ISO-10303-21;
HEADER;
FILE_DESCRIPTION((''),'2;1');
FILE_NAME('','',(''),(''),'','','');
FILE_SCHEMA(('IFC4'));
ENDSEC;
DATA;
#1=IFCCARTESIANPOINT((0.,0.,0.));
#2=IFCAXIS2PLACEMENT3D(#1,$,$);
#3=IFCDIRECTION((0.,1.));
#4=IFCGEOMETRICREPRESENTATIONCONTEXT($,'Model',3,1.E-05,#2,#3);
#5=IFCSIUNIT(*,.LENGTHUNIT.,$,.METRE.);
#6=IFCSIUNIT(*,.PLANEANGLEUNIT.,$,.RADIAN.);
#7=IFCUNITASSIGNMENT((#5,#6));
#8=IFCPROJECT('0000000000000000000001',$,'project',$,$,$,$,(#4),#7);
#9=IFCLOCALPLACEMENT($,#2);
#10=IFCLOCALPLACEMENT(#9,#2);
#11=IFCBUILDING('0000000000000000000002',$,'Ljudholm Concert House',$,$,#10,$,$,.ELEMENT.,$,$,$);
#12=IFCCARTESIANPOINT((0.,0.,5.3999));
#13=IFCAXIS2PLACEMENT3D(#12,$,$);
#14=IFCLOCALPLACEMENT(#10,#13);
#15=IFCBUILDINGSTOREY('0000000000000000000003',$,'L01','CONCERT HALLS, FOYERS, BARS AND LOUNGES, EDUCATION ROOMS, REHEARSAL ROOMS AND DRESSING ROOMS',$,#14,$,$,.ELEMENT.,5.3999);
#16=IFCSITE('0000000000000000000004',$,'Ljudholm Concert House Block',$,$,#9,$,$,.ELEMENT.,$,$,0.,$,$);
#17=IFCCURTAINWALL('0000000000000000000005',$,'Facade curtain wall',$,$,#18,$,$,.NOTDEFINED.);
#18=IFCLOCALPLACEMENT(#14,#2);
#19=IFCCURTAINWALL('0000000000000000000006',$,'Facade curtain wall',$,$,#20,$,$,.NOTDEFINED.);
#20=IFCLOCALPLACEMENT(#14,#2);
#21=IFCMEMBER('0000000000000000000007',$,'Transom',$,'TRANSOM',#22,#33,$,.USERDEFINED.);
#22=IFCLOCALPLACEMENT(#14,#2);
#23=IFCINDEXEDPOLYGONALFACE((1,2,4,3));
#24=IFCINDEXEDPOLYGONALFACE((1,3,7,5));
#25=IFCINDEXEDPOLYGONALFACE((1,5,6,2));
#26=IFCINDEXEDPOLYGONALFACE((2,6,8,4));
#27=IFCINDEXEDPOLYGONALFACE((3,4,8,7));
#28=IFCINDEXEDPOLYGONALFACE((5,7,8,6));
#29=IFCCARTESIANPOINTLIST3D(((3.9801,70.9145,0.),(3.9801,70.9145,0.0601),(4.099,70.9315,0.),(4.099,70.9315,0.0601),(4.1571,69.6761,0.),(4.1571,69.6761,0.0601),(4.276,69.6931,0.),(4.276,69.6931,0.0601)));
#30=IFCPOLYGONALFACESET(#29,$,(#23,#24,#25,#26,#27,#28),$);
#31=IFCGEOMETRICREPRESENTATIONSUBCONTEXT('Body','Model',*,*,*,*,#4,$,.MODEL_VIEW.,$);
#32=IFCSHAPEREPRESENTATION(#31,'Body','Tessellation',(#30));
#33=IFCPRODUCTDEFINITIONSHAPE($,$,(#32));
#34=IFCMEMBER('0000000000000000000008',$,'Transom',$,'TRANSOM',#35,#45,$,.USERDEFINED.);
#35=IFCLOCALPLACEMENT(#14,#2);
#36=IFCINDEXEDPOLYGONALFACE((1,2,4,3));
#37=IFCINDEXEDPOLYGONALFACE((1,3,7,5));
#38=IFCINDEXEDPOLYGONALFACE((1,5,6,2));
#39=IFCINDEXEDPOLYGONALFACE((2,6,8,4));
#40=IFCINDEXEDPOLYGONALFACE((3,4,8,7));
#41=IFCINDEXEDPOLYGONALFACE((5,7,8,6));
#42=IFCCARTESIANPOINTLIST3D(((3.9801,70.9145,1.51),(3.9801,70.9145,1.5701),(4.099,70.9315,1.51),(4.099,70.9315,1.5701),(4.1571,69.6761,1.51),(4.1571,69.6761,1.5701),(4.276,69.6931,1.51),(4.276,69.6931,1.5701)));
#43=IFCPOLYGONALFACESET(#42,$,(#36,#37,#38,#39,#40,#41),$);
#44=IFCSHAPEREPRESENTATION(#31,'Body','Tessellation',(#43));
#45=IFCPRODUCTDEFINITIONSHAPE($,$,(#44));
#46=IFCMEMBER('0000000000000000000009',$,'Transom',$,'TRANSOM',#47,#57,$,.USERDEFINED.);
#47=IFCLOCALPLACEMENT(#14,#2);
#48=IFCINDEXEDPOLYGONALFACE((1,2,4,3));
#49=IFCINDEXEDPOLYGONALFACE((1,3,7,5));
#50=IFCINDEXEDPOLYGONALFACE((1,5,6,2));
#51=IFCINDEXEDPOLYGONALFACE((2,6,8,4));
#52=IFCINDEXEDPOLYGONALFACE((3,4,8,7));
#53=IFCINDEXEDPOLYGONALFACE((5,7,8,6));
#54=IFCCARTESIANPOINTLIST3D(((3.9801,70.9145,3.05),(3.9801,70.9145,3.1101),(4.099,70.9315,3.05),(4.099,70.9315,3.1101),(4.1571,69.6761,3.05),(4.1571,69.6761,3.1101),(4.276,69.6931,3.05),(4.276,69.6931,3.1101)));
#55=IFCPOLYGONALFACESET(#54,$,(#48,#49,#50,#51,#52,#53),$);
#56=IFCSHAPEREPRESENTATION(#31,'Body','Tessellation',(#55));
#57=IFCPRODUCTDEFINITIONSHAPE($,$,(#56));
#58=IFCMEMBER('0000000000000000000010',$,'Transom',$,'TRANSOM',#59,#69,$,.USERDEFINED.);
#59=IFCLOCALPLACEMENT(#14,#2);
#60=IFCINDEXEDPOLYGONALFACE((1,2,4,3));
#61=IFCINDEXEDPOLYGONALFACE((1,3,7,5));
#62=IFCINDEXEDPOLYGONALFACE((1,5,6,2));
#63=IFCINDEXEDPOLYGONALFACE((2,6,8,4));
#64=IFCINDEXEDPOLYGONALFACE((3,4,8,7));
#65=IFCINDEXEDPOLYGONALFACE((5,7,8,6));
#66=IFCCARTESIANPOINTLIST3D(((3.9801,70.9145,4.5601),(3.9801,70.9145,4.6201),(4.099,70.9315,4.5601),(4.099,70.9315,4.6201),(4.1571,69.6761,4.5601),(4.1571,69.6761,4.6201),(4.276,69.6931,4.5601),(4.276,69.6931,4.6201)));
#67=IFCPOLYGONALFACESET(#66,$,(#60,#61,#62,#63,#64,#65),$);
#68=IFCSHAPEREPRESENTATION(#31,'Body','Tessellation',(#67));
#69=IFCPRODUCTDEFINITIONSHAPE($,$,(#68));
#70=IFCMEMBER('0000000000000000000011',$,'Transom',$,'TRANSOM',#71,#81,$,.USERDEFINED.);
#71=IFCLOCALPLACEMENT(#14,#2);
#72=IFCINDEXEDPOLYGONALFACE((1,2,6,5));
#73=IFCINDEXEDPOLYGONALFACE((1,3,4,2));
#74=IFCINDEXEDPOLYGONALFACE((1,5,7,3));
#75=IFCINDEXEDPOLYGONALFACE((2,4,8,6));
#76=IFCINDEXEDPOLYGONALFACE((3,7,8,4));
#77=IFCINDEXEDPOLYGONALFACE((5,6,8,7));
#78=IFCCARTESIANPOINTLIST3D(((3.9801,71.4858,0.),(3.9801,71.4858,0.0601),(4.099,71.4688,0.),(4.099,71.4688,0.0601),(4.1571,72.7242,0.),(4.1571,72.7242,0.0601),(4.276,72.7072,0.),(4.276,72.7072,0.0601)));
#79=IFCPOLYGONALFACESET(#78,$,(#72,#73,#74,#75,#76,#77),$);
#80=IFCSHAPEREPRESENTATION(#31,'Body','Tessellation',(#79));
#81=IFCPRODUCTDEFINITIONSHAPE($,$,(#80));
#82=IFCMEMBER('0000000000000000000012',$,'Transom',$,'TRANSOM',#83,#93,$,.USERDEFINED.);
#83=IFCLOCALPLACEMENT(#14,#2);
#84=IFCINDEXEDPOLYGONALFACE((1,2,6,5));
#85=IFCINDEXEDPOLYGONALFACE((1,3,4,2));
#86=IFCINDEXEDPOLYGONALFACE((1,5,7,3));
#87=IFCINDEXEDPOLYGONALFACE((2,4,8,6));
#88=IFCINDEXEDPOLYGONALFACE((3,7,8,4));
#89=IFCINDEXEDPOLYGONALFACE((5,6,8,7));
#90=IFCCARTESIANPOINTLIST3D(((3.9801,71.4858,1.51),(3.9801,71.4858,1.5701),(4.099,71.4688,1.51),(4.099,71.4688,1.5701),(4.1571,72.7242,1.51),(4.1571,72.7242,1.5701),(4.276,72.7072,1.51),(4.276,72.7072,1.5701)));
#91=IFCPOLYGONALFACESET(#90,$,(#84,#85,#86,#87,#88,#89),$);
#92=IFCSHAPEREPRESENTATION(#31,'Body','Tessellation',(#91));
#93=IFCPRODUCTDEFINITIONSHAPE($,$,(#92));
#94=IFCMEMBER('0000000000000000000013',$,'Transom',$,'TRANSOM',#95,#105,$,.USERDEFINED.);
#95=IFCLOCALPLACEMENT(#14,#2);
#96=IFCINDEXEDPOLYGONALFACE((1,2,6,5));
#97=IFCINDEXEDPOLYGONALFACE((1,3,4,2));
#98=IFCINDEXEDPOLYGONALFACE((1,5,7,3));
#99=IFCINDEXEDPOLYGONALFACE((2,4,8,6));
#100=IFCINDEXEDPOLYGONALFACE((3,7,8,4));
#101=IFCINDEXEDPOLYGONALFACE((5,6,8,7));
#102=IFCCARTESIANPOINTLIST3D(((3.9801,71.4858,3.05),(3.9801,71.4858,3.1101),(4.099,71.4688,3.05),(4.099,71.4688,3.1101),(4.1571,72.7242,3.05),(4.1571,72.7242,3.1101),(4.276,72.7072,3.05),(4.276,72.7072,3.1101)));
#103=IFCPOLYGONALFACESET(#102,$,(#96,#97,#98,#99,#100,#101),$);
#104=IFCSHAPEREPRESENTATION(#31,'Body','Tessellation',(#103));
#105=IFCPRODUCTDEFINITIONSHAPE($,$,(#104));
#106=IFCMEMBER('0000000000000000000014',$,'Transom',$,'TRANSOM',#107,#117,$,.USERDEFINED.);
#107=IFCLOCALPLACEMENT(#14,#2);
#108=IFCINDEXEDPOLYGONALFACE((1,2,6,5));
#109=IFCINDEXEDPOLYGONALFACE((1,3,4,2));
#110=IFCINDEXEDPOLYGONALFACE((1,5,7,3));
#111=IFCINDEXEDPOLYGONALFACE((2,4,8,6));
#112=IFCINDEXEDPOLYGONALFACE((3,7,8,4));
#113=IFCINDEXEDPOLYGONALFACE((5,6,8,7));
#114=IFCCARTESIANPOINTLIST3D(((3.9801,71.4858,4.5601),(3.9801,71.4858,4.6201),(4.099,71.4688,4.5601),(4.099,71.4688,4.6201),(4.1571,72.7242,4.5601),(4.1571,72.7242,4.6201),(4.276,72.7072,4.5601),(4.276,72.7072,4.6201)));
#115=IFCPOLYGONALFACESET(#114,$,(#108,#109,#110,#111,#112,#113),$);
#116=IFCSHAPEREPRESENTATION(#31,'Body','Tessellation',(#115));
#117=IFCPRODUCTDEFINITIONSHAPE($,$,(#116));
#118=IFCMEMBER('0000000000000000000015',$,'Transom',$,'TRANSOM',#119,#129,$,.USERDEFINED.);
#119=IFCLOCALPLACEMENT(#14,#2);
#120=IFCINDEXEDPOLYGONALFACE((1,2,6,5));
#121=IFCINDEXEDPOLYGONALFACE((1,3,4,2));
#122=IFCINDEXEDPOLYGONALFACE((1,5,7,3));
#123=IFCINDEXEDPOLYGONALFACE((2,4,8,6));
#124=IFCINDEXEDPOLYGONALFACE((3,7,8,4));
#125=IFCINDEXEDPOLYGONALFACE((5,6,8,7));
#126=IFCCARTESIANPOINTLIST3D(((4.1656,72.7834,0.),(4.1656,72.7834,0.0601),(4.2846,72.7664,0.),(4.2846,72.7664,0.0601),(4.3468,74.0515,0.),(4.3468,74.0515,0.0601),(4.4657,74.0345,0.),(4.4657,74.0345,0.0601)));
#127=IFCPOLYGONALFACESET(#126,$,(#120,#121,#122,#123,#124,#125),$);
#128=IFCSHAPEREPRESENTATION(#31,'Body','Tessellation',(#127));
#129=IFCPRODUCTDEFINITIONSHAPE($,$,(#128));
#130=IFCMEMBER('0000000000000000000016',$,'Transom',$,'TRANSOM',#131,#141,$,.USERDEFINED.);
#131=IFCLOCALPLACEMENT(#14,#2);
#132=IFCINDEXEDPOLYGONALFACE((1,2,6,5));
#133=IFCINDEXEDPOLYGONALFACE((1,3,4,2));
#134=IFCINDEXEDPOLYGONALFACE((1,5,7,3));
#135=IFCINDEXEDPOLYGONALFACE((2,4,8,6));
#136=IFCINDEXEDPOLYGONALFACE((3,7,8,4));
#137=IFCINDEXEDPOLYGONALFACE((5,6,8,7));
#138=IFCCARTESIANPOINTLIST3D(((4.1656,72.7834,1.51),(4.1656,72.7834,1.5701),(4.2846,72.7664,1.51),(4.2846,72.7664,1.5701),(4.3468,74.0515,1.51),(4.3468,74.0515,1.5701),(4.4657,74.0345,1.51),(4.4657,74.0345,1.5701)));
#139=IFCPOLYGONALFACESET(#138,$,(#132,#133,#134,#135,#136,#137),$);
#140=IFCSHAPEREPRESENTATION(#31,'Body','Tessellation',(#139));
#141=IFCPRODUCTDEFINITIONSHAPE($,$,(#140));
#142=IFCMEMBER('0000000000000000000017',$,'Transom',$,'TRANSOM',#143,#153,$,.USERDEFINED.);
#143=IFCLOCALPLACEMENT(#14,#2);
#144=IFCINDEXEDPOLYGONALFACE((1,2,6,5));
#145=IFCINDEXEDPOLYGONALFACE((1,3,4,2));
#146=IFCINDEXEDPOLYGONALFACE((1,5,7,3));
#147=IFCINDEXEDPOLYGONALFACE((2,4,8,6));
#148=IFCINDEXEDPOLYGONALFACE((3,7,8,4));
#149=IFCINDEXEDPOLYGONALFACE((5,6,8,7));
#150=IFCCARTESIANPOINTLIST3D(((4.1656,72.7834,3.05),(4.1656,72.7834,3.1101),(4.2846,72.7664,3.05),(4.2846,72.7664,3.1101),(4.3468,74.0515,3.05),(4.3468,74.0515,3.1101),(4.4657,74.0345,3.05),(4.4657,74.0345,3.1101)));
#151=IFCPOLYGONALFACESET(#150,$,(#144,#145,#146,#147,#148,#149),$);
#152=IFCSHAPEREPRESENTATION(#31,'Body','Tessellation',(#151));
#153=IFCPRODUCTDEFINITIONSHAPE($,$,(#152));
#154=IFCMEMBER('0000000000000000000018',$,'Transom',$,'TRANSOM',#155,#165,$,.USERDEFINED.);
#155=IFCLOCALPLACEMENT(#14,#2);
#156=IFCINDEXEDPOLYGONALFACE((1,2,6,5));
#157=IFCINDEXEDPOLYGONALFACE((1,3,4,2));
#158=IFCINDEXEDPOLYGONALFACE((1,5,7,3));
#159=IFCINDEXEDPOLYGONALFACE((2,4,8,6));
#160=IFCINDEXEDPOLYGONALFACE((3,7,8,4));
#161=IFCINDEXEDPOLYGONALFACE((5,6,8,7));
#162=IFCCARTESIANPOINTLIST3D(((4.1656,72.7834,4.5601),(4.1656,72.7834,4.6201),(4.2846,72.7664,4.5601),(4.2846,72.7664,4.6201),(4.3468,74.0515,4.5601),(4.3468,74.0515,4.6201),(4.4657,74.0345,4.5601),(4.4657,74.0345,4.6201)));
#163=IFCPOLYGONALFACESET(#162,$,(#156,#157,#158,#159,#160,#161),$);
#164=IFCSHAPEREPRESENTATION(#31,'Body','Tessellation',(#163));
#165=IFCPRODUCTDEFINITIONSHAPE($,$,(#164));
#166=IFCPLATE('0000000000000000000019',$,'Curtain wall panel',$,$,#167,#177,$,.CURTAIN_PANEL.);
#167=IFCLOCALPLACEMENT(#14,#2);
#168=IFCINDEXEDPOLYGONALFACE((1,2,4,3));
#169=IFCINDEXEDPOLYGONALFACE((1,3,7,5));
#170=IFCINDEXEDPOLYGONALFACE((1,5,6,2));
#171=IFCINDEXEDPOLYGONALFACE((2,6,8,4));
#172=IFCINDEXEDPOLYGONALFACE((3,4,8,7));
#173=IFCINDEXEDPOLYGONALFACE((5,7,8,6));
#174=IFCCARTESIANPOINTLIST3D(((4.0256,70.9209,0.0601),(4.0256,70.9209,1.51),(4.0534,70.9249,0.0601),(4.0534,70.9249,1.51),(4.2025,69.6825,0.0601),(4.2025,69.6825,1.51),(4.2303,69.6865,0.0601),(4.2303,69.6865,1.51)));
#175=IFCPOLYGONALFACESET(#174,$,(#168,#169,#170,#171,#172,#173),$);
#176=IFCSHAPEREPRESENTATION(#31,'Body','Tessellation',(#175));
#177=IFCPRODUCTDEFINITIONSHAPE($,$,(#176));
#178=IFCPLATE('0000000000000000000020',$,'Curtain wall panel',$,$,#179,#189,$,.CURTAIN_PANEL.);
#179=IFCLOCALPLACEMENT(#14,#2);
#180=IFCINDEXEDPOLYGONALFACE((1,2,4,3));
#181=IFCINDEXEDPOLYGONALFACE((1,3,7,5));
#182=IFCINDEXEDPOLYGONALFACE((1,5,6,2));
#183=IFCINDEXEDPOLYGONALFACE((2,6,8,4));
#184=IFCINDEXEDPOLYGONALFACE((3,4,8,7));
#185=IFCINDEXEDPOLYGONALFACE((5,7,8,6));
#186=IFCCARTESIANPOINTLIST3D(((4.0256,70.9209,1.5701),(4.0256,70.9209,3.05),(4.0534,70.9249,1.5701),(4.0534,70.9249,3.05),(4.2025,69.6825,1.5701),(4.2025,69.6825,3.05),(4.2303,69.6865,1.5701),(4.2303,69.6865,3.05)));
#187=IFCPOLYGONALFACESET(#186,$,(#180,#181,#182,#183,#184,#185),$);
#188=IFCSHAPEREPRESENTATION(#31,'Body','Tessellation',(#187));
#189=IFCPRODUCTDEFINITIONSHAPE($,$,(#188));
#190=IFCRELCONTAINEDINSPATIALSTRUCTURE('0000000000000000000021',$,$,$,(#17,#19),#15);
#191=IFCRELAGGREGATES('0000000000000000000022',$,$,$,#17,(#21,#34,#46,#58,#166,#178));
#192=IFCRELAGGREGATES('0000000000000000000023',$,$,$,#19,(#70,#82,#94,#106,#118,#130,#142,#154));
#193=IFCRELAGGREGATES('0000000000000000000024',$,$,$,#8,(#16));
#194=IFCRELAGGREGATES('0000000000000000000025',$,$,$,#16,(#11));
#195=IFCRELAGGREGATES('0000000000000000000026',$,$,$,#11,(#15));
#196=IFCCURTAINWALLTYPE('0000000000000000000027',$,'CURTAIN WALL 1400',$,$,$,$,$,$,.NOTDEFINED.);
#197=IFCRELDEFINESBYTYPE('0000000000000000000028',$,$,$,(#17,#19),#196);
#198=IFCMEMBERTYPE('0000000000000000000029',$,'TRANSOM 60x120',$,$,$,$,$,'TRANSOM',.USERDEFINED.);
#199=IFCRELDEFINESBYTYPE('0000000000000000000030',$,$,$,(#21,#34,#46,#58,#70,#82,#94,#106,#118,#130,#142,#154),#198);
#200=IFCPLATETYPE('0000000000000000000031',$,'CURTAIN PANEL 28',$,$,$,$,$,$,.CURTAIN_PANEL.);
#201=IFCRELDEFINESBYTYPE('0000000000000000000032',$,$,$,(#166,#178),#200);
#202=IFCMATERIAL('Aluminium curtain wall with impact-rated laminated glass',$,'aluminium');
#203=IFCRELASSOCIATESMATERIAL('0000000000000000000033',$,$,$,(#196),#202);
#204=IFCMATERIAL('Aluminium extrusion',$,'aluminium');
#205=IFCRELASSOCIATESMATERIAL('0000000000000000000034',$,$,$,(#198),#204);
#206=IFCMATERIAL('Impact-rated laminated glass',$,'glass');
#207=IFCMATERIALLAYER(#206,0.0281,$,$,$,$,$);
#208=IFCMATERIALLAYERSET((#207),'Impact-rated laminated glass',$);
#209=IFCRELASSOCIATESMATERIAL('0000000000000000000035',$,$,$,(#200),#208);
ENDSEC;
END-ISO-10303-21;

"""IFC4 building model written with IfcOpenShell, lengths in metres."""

from ifc_helpers import new_model, si_unit, direction, frame, origin, origin_2d, place, context, subcontext, project, spatial, rectangle, extrude, material, layer, layer_set, material_profile, profile_set, type_object, element, aggregate, save


model = new_model("IFC4")

# Units and contexts
model_context = context("Model", 3, precision=1e-05, world=origin(), true_north=direction((0.0, 1.0)))
body_context = subcontext(model_context, "Body", "Model", "MODEL_VIEW")
ifc_project = project(units=[si_unit("LENGTHUNIT", "METRE"), si_unit("PLANEANGLEUNIT", "RADIAN")], contexts=[model_context])

# Site, building, storey
site_placement = place(None, origin())
site = spatial("IfcSite", under=ifc_project, at=site_placement, Name="Ljudholm Concert House Block", CompositionType="ELEMENT", RefElevation=0.0)
building_placement = place(site_placement, origin())
building = spatial("IfcBuilding", under=site, at=building_placement, Name="Ljudholm Concert House", CompositionType="ELEMENT")
storey_placement = place(building_placement, frame((0.0, 0.0, 5.3999)))
storey = spatial("IfcBuildingStorey", under=building, at=storey_placement, Name="L01", Description="CONCERT HALLS, FOYERS, BARS AND LOUNGES, EDUCATION ROOMS, REHEARSAL ROOMS AND DRESSING ROOMS", CompositionType="ELEMENT", Elevation=5.3999)

# Curtain wall
ifc_material_1 = material(Name="Aluminium curtain wall with impact-rated laminated glass", Category="aluminium")
curtain_wall_type = type_object("IfcCurtainWallType", Name="CURTAIN WALL 1400", PredefinedType="NOTDEFINED", material=ifc_material_1)
curtain_wall_1_placement = place(storey_placement, origin())
curtain_wall_1 = element("IfcCurtainWall", 1, at=curtain_wall_1_placement, inside=storey, type_object=curtain_wall_type, Name="Facade curtain wall", PredefinedType="NOTDEFINED")

# Curtain wall
curtain_wall_2_placement = place(storey_placement, origin())
curtain_wall_2 = element("IfcCurtainWall", 2, at=curtain_wall_2_placement, inside=storey, type_object=curtain_wall_type, Name="Facade curtain wall", PredefinedType="NOTDEFINED")

# Members
ifc_material_2 = material(Name="Aluminium extrusion", Category="aluminium")
ifc_material_profile_1 = material_profile(ifc_material_2, rectangle(XDim=0.1201, YDim=0.0601, at=origin_2d()), Name="TRANSOM 60x120")
ifc_profile_set_1 = profile_set([ifc_material_profile_1], Name="Aluminium extrusion")
member_type_1 = type_object("IfcMemberType", Name="TRANSOM 60x120", ElementType="TRANSOM", PredefinedType="USERDEFINED", material=ifc_profile_set_1)
member_1_placement = place(storey_placement, frame((4.2166, 69.6846, 0.03), z_axis=(-0.141503, 0.989938, 0.0), x_axis=(-0.989938, -0.141503, 0.0)))
member_1 = element("IfcMember", 3, at=member_1_placement, type_object=member_type_1, Name="Transom", ObjectType="TRANSOM", PredefinedType="USERDEFINED", context=body_context, shape_type="SweptSolid", body=[
    extrude(rectangle(XDim=0.1201, YDim=0.0601, at=origin_2d()), origin(), (0.0, 0.0, 1.0), 1.251),
])
member_2_placement = place(storey_placement, frame((4.2166, 69.6846, 1.54), z_axis=(-0.141503, 0.989938, 0.0), x_axis=(-0.989938, -0.141503, 0.0)))
member_2 = element("IfcMember", 4, at=member_2_placement, type_object=member_type_1, Name="Transom", ObjectType="TRANSOM", PredefinedType="USERDEFINED", context=body_context, shape_type="SweptSolid", body=[
    extrude(rectangle(XDim=0.1201, YDim=0.0601, at=origin_2d()), origin(), (0.0, 0.0, 1.0), 1.251),
])
member_3_placement = place(storey_placement, frame((4.2166, 69.6846, 3.0801), z_axis=(-0.141503, 0.989938, 0.0), x_axis=(-0.989938, -0.141503, 0.0)))
member_3 = element("IfcMember", 5, at=member_3_placement, type_object=member_type_1, Name="Transom", ObjectType="TRANSOM", PredefinedType="USERDEFINED", context=body_context, shape_type="SweptSolid", body=[
    extrude(rectangle(XDim=0.1201, YDim=0.0601, at=origin_2d()), origin(), (0.0, 0.0, 1.0), 1.251),
])
member_4_placement = place(storey_placement, frame((4.2166, 69.6846, 4.5901), z_axis=(-0.141503, 0.989938, 0.0), x_axis=(-0.989938, -0.141503, 0.0)))
member_4 = element("IfcMember", 6, at=member_4_placement, type_object=member_type_1, Name="Transom", ObjectType="TRANSOM", PredefinedType="USERDEFINED", context=body_context, shape_type="SweptSolid", body=[
    extrude(rectangle(XDim=0.1201, YDim=0.0601, at=origin_2d()), origin(), (0.0, 0.0, 1.0), 1.251),
])
member_5_placement = place(storey_placement, frame((4.0396, 71.4773, 0.03), z_axis=(0.141503, 0.989938, 0.0), x_axis=(-0.989938, 0.141503, 0.0)))
member_5 = element("IfcMember", 7, at=member_5_placement, type_object=member_type_1, Name="Transom", ObjectType="TRANSOM", PredefinedType="USERDEFINED", context=body_context, shape_type="SweptSolid", body=[
    extrude(rectangle(XDim=0.1201, YDim=0.0601, at=origin_2d()), origin(), (0.0, 0.0, 1.0), 1.251),
])
member_6_placement = place(storey_placement, frame((4.0396, 71.4773, 1.54), z_axis=(0.141503, 0.989938, 0.0), x_axis=(-0.989938, 0.141503, 0.0)))
member_6 = element("IfcMember", 8, at=member_6_placement, type_object=member_type_1, Name="Transom", ObjectType="TRANSOM", PredefinedType="USERDEFINED", context=body_context, shape_type="SweptSolid", body=[
    extrude(rectangle(XDim=0.1201, YDim=0.0601, at=origin_2d()), origin(), (0.0, 0.0, 1.0), 1.251),
])
member_7_placement = place(storey_placement, frame((4.0396, 71.4773, 3.0801), z_axis=(0.141503, 0.989938, 0.0), x_axis=(-0.989938, 0.141503, 0.0)))
member_7 = element("IfcMember", 9, at=member_7_placement, type_object=member_type_1, Name="Transom", ObjectType="TRANSOM", PredefinedType="USERDEFINED", context=body_context, shape_type="SweptSolid", body=[
    extrude(rectangle(XDim=0.1201, YDim=0.0601, at=origin_2d()), origin(), (0.0, 0.0, 1.0), 1.251),
])
member_8_placement = place(storey_placement, frame((4.0396, 71.4773, 4.5901), z_axis=(0.141503, 0.989938, 0.0), x_axis=(-0.989938, 0.141503, 0.0)))
member_8 = element("IfcMember", 10, at=member_8_placement, type_object=member_type_1, Name="Transom", ObjectType="TRANSOM", PredefinedType="USERDEFINED", context=body_context, shape_type="SweptSolid", body=[
    extrude(rectangle(XDim=0.1201, YDim=0.0601, at=origin_2d()), origin(), (0.0, 0.0, 1.0), 1.251),
])
member_9_placement = place(storey_placement, frame((4.2251, 72.7749, 0.03), z_axis=(0.141421, 0.989949, 0.0), x_axis=(-0.989949, 0.141421, 0.0)))
member_9 = element("IfcMember", 11, at=member_9_placement, type_object=member_type_1, Name="Transom", ObjectType="TRANSOM", PredefinedType="USERDEFINED", context=body_context, shape_type="SweptSolid", body=[
    extrude(rectangle(XDim=0.1201, YDim=0.0601, at=origin_2d()), origin(), (0.0, 0.0, 1.0), 1.281),
])
member_10_placement = place(storey_placement, frame((4.2251, 72.7749, 1.54), z_axis=(0.141421, 0.989949, 0.0), x_axis=(-0.989949, 0.141421, 0.0)))
member_10 = element("IfcMember", 12, at=member_10_placement, type_object=member_type_1, Name="Transom", ObjectType="TRANSOM", PredefinedType="USERDEFINED", context=body_context, shape_type="SweptSolid", body=[
    extrude(rectangle(XDim=0.1201, YDim=0.0601, at=origin_2d()), origin(), (0.0, 0.0, 1.0), 1.281),
])
member_11_placement = place(storey_placement, frame((4.2251, 72.7749, 3.0801), z_axis=(0.141421, 0.989949, 0.0), x_axis=(-0.989949, 0.141421, 0.0)))
member_11 = element("IfcMember", 13, at=member_11_placement, type_object=member_type_1, Name="Transom", ObjectType="TRANSOM", PredefinedType="USERDEFINED", context=body_context, shape_type="SweptSolid", body=[
    extrude(rectangle(XDim=0.1201, YDim=0.0601, at=origin_2d()), origin(), (0.0, 0.0, 1.0), 1.281),
])
member_12_placement = place(storey_placement, frame((4.2251, 72.7749, 4.5901), z_axis=(0.141421, 0.989949, 0.0), x_axis=(-0.989949, 0.141421, 0.0)))
member_12 = element("IfcMember", 14, at=member_12_placement, type_object=member_type_1, Name="Transom", ObjectType="TRANSOM", PredefinedType="USERDEFINED", context=body_context, shape_type="SweptSolid", body=[
    extrude(rectangle(XDim=0.1201, YDim=0.0601, at=origin_2d()), origin(), (0.0, 0.0, 1.0), 1.281),
])

# Plates
ifc_material_3 = material(Name="Impact-rated laminated glass", Category="glass")
ifc_layer = layer(ifc_material_3, 0.0281)
ifc_layer_set = layer_set([ifc_layer], Name="Impact-rated laminated glass")
plate_type = type_object("IfcPlateType", Name="CURTAIN PANEL 28", PredefinedType="CURTAIN_PANEL", material=ifc_layer_set)
plate_1_placement = place(storey_placement, frame((4.1279, 70.3037, 0.0601), z_axis=(0.0, 0.0, 1.0), x_axis=(-0.141421, 0.989949, 0.0)))
plate_1 = element("IfcPlate", 15, at=plate_1_placement, type_object=plate_type, Name="Curtain wall panel", PredefinedType="CURTAIN_PANEL", context=body_context, shape_type="SweptSolid", body=[
    extrude(rectangle(XDim=1.251, YDim=0.0281, at=origin_2d()), origin(), (0.0, 0.0, 1.0), 1.45),
])
plate_2_placement = place(storey_placement, frame((4.1279, 70.3037, 1.5701), z_axis=(0.0, 0.0, 1.0), x_axis=(-0.141421, 0.989949, 0.0)))
plate_2 = element("IfcPlate", 16, at=plate_2_placement, type_object=plate_type, Name="Curtain wall panel", PredefinedType="CURTAIN_PANEL", context=body_context, shape_type="SweptSolid", body=[
    extrude(rectangle(XDim=1.251, YDim=0.0281, at=origin_2d()), origin(), (0.0, 0.0, 1.0), 1.48),
])
aggregate(curtain_wall_1, [member_1, member_2, member_3, member_4, plate_1, plate_2])
aggregate(curtain_wall_2, [member_5, member_6, member_7, member_8, member_9, member_10, member_11, member_12])

save(model, "model.ifc")
